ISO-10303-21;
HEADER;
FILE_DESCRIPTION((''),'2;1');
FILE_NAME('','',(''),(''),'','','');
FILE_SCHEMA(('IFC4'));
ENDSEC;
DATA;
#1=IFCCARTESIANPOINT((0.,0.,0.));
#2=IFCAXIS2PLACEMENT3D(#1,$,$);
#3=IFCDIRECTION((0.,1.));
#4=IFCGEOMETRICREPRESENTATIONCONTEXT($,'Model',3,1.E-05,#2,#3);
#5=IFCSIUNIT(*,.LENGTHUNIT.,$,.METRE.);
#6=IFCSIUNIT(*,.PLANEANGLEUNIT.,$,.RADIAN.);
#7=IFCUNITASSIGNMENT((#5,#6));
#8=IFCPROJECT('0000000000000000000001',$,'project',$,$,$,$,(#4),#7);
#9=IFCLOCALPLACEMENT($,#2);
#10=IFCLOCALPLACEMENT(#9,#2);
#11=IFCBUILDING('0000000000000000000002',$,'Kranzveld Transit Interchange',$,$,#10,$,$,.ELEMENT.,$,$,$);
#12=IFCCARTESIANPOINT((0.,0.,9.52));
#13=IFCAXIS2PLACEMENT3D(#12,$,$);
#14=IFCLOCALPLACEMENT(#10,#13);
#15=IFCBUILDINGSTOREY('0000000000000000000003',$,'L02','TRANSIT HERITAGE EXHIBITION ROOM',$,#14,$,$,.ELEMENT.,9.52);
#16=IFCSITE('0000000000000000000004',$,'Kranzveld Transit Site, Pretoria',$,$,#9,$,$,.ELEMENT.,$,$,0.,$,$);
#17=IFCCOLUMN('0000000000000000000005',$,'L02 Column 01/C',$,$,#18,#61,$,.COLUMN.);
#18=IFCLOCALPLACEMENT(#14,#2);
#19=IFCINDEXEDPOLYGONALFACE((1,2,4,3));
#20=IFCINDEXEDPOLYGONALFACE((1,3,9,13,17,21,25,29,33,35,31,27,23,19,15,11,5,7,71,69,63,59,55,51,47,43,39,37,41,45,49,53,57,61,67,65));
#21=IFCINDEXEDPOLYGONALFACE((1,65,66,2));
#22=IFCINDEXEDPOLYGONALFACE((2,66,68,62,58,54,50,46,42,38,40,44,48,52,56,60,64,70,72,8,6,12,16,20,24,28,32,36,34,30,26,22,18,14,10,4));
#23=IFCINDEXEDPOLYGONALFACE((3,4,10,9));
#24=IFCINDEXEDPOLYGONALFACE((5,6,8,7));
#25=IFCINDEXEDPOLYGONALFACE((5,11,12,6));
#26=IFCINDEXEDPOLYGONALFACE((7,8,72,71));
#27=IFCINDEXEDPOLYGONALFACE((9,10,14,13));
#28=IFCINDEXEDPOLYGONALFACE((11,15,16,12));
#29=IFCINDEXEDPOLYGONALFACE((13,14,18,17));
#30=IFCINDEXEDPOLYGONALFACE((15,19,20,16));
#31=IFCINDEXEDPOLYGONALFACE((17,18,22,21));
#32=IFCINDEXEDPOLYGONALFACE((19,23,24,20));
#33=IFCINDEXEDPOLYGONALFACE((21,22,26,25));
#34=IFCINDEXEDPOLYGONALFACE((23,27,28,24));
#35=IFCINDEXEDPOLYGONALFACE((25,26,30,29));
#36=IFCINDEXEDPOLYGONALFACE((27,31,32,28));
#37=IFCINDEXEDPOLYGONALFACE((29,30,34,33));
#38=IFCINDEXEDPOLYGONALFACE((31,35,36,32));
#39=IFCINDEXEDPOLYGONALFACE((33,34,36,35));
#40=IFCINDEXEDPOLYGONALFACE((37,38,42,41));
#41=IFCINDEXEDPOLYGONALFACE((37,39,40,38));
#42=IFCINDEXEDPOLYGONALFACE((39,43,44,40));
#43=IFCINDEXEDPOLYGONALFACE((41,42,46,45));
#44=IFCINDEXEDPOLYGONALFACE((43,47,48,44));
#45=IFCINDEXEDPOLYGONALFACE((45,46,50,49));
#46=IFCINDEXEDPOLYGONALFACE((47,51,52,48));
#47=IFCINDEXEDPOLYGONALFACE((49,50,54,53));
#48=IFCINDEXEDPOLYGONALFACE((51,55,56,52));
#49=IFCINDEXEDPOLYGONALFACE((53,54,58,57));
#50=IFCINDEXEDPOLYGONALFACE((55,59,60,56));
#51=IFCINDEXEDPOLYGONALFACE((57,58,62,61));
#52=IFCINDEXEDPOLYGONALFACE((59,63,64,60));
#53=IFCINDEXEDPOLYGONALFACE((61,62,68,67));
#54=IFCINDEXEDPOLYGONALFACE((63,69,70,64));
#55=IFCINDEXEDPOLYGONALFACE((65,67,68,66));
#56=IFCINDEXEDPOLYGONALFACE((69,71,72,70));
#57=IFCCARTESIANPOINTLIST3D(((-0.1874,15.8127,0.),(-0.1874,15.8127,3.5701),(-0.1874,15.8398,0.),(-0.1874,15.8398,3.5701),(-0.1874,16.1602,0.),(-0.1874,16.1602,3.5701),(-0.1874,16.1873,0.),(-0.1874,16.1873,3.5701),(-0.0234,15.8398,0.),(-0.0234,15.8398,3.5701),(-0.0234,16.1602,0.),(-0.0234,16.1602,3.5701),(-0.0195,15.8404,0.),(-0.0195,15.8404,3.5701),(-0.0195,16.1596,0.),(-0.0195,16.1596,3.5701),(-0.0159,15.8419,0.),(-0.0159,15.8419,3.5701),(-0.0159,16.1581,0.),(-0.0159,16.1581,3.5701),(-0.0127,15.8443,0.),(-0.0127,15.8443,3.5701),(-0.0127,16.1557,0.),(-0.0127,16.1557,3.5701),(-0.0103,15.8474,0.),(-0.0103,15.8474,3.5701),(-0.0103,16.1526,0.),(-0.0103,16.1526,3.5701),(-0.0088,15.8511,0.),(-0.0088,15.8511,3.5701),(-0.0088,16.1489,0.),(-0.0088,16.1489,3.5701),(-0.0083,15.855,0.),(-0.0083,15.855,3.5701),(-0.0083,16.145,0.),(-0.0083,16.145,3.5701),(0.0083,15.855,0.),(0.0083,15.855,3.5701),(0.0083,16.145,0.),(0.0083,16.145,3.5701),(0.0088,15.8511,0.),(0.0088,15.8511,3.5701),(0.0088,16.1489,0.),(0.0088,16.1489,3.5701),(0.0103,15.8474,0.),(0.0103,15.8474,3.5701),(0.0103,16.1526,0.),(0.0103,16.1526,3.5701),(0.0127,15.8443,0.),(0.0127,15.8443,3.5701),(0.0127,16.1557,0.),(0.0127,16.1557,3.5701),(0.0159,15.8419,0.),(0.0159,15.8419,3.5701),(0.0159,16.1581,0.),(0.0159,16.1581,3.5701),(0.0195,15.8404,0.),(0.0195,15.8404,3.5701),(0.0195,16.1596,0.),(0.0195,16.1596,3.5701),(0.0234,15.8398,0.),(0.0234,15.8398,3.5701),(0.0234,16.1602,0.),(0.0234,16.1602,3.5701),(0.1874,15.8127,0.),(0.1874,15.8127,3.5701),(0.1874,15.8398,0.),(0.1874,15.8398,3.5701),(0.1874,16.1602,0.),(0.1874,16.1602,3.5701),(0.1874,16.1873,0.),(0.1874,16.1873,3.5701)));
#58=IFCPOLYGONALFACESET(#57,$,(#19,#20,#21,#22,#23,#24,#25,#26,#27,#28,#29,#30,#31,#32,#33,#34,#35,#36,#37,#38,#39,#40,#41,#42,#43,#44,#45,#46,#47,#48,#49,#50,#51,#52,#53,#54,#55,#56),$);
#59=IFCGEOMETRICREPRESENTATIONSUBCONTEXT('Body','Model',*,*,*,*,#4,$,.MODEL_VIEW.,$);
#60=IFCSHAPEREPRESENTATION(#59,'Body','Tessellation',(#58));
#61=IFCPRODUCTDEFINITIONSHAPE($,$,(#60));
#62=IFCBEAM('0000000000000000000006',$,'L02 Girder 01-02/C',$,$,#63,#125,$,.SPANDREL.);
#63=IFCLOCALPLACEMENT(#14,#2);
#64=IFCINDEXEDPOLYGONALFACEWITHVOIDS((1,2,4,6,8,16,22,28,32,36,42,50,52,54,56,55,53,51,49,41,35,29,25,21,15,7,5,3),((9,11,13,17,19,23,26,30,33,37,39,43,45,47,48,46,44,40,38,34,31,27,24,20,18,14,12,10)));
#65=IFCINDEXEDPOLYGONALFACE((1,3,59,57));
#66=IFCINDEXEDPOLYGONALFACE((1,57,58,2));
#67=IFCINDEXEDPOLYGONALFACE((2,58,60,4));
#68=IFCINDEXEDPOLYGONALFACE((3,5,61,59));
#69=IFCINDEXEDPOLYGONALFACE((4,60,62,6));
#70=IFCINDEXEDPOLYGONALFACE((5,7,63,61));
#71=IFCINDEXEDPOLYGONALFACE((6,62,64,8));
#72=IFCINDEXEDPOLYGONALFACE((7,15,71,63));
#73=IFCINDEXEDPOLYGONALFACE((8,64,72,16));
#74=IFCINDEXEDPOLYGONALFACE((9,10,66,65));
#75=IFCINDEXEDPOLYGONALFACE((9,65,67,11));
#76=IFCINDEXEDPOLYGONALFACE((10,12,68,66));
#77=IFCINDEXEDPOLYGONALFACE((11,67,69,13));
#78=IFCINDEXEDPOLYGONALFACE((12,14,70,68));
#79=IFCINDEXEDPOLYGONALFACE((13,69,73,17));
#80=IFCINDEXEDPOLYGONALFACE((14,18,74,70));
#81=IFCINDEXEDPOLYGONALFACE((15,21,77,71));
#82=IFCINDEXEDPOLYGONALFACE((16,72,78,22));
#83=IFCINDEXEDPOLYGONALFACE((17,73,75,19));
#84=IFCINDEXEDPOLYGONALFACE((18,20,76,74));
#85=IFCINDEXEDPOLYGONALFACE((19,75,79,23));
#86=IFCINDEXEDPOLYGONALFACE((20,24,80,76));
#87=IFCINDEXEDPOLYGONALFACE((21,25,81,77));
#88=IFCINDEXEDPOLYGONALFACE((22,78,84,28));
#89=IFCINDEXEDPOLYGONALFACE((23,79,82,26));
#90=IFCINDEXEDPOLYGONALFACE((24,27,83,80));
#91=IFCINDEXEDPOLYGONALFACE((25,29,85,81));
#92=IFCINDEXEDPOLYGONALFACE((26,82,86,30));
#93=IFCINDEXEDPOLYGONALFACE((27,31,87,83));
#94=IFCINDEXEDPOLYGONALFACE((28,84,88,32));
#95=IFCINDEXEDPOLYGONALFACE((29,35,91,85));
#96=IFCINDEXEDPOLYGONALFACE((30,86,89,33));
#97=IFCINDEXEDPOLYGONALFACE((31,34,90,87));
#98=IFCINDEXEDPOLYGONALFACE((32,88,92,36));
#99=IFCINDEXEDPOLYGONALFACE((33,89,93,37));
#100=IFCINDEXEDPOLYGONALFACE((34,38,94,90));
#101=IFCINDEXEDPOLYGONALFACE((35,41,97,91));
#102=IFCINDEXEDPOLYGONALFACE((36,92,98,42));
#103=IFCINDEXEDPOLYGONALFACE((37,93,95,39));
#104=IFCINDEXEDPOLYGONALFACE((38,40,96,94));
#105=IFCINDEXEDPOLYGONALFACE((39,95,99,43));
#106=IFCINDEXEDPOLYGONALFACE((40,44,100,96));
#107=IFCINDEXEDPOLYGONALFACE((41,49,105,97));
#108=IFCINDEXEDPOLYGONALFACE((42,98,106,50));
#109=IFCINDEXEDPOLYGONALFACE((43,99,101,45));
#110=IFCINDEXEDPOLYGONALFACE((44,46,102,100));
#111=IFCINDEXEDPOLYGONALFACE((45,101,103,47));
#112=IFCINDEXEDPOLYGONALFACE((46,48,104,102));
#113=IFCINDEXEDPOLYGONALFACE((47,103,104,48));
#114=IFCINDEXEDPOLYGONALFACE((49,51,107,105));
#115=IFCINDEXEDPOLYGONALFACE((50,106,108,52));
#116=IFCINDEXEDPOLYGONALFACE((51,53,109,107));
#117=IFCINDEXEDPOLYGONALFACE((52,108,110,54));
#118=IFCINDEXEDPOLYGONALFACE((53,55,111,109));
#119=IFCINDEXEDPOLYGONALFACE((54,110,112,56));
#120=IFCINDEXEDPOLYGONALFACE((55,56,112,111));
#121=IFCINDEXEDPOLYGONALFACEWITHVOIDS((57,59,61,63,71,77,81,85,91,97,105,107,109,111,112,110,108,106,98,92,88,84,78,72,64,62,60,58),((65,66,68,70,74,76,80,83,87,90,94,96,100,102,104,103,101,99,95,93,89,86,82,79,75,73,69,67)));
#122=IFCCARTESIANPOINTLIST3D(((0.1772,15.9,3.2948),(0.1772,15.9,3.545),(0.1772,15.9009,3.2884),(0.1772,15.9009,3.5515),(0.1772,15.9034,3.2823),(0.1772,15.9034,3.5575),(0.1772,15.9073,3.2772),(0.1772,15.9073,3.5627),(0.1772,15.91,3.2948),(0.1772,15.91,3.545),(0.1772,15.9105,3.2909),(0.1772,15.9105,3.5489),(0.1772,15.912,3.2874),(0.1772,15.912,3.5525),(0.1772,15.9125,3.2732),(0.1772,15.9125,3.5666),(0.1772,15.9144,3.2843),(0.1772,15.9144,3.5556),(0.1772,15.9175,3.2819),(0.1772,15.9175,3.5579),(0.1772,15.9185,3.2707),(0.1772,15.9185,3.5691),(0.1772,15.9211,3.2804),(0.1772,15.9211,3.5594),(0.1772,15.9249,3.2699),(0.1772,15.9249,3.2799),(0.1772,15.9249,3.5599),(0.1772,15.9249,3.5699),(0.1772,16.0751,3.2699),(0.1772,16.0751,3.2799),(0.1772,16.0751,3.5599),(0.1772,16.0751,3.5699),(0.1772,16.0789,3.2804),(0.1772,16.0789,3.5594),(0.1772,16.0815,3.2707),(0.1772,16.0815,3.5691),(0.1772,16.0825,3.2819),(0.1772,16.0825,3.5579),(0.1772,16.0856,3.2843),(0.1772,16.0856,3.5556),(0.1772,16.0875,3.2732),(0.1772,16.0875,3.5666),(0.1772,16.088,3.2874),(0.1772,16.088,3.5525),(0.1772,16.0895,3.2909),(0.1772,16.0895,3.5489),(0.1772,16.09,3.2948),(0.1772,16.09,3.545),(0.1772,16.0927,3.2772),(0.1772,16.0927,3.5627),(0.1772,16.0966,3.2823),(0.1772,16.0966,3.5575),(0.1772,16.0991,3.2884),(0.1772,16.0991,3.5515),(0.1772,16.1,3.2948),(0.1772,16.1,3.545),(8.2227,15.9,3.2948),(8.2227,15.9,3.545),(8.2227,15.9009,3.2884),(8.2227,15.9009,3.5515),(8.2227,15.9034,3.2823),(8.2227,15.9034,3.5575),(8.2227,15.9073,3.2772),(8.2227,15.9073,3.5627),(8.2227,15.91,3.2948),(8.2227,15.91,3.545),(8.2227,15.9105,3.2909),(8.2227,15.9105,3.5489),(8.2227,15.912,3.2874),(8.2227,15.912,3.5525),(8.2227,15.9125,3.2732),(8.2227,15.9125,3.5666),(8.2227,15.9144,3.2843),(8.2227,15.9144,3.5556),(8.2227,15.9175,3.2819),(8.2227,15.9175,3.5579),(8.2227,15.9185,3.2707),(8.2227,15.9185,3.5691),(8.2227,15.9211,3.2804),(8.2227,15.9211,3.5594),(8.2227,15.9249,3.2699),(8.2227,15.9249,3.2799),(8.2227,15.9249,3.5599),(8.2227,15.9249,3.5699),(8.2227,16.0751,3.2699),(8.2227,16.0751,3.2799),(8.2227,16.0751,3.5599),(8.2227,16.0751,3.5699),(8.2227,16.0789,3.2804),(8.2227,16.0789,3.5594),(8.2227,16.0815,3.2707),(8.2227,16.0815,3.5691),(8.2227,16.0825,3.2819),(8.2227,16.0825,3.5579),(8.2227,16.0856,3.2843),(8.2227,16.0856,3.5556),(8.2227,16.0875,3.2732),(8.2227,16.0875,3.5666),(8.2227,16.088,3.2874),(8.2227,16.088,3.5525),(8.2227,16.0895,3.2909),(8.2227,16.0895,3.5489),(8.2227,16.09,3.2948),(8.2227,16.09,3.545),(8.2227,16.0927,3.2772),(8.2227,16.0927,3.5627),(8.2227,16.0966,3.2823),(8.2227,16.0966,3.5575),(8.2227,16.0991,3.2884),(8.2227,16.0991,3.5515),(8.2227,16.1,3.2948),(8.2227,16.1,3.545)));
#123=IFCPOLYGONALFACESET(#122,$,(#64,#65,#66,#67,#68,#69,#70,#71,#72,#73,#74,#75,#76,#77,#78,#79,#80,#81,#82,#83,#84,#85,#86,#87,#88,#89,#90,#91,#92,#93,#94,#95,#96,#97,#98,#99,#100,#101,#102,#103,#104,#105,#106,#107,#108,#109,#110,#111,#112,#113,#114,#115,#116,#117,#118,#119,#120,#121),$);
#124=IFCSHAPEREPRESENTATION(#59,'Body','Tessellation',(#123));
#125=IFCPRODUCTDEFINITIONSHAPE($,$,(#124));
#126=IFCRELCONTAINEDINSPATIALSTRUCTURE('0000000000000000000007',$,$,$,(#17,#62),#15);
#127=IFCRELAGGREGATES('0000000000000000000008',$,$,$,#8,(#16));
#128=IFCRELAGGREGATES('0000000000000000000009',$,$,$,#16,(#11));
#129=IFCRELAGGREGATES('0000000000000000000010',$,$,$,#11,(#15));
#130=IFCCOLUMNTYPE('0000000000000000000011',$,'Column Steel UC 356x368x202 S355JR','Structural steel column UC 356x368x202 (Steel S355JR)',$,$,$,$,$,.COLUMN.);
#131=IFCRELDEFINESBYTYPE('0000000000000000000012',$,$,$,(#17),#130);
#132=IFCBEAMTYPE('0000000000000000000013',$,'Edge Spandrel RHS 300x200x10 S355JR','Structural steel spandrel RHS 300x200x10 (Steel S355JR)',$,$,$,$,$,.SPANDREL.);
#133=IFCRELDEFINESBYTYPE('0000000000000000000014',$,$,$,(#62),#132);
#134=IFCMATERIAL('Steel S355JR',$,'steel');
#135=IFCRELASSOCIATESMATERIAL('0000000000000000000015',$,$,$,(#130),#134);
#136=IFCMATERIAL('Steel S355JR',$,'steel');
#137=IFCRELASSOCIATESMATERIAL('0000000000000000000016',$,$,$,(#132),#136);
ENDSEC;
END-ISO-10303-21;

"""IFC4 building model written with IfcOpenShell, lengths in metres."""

from ifc_helpers import new_model, si_unit, direction, frame, origin, origin_2d, place, context, subcontext, project, spatial, hollow_rectangle, i_section, extrude, material, material_profile, profile_set, type_object, element, save


model = new_model("IFC4")

# Units and contexts
model_context = context("Model", 3, precision=1e-05, world=origin(), true_north=direction((0.0, 1.0)))
body_context = subcontext(model_context, "Body", "Model", "MODEL_VIEW")
ifc_project = project(units=[si_unit("LENGTHUNIT", "METRE"), si_unit("PLANEANGLEUNIT", "RADIAN")], contexts=[model_context])

# Site, building, storey
site_placement = place(None, origin())
site = spatial("IfcSite", under=ifc_project, at=site_placement, Name="Kranzveld Transit Site, Pretoria", CompositionType="ELEMENT", RefElevation=0.0)
building_placement = place(site_placement, origin())
building = spatial("IfcBuilding", under=site, at=building_placement, Name="Kranzveld Transit Interchange", CompositionType="ELEMENT")
storey_placement = place(building_placement, frame((0.0, 0.0, 9.52)))
storey = spatial("IfcBuildingStorey", under=building, at=storey_placement, Name="L02", Description="TRANSIT HERITAGE EXHIBITION ROOM", CompositionType="ELEMENT", Elevation=9.52)

# Column
ifc_material_1 = material(Name="Steel S355JR", Category="steel")
ifc_material_profile_1 = material_profile(ifc_material_1, i_section(OverallWidth=0.3748, OverallDepth=0.3745, WebThickness=0.0166, FlangeThickness=0.0271, FilletRadius=0.0151, at=origin_2d()), Name="UC 356x368x202")
ifc_profile_set_1 = profile_set([ifc_material_profile_1], Name="Steel S355JR")
column_type = type_object("IfcColumnType", Name="Column Steel UC 356x368x202 S355JR", Description="Structural steel column UC 356x368x202 (Steel S355JR)", PredefinedType="COLUMN", material=ifc_profile_set_1)
column_placement = place(storey_placement, frame((0.0, 16.0, 0.0), z_axis=(0.0, 0.0, 1.0), x_axis=(1.0, 0.0, 0.0)))
element("IfcColumn", 1, at=column_placement, inside=storey, type_object=column_type, Name="L02 Column 01/C", PredefinedType="COLUMN", context=body_context, shape_type="SweptSolid", body=[
    extrude(i_section(OverallWidth=0.3748, OverallDepth=0.3745, WebThickness=0.0166, FlangeThickness=0.0271, FilletRadius=0.0151, at=origin_2d()), origin(), (0.0, 0.0, 1.0), 3.5701),
])

# Beam
ifc_material_2 = material(Name="Steel S355JR", Category="steel")
ifc_material_profile_2 = material_profile(ifc_material_2, hollow_rectangle(XDim=0.2, YDim=0.3, WallThickness=0.01, InnerFilletRadius=0.0149, OuterFilletRadius=0.0249, at=origin_2d()), Name="RHS 300x200x10")
ifc_profile_set_2 = profile_set([ifc_material_profile_2], Name="Steel S355JR")
beam_type = type_object("IfcBeamType", Name="Edge Spandrel RHS 300x200x10 S355JR", Description="Structural steel spandrel RHS 300x200x10 (Steel S355JR)", PredefinedType="SPANDREL", material=ifc_profile_set_2)
beam_placement = place(storey_placement, frame((0.1772, 16.0, 3.4199), z_axis=(1.0, 0.0, 0.0), x_axis=(0.0, 1.0, 0.0)))
element("IfcBeam", 2, at=beam_placement, inside=storey, type_object=beam_type, Name="L02 Girder 01-02/C", PredefinedType="SPANDREL", context=body_context, shape_type="SweptSolid", body=[
    extrude(hollow_rectangle(XDim=0.2, YDim=0.3, WallThickness=0.01, InnerFilletRadius=0.0149, OuterFilletRadius=0.0249, at=origin_2d()), origin(), (0.0, 0.0, 1.0), 8.0454),
])

save(model, "model.ifc")
